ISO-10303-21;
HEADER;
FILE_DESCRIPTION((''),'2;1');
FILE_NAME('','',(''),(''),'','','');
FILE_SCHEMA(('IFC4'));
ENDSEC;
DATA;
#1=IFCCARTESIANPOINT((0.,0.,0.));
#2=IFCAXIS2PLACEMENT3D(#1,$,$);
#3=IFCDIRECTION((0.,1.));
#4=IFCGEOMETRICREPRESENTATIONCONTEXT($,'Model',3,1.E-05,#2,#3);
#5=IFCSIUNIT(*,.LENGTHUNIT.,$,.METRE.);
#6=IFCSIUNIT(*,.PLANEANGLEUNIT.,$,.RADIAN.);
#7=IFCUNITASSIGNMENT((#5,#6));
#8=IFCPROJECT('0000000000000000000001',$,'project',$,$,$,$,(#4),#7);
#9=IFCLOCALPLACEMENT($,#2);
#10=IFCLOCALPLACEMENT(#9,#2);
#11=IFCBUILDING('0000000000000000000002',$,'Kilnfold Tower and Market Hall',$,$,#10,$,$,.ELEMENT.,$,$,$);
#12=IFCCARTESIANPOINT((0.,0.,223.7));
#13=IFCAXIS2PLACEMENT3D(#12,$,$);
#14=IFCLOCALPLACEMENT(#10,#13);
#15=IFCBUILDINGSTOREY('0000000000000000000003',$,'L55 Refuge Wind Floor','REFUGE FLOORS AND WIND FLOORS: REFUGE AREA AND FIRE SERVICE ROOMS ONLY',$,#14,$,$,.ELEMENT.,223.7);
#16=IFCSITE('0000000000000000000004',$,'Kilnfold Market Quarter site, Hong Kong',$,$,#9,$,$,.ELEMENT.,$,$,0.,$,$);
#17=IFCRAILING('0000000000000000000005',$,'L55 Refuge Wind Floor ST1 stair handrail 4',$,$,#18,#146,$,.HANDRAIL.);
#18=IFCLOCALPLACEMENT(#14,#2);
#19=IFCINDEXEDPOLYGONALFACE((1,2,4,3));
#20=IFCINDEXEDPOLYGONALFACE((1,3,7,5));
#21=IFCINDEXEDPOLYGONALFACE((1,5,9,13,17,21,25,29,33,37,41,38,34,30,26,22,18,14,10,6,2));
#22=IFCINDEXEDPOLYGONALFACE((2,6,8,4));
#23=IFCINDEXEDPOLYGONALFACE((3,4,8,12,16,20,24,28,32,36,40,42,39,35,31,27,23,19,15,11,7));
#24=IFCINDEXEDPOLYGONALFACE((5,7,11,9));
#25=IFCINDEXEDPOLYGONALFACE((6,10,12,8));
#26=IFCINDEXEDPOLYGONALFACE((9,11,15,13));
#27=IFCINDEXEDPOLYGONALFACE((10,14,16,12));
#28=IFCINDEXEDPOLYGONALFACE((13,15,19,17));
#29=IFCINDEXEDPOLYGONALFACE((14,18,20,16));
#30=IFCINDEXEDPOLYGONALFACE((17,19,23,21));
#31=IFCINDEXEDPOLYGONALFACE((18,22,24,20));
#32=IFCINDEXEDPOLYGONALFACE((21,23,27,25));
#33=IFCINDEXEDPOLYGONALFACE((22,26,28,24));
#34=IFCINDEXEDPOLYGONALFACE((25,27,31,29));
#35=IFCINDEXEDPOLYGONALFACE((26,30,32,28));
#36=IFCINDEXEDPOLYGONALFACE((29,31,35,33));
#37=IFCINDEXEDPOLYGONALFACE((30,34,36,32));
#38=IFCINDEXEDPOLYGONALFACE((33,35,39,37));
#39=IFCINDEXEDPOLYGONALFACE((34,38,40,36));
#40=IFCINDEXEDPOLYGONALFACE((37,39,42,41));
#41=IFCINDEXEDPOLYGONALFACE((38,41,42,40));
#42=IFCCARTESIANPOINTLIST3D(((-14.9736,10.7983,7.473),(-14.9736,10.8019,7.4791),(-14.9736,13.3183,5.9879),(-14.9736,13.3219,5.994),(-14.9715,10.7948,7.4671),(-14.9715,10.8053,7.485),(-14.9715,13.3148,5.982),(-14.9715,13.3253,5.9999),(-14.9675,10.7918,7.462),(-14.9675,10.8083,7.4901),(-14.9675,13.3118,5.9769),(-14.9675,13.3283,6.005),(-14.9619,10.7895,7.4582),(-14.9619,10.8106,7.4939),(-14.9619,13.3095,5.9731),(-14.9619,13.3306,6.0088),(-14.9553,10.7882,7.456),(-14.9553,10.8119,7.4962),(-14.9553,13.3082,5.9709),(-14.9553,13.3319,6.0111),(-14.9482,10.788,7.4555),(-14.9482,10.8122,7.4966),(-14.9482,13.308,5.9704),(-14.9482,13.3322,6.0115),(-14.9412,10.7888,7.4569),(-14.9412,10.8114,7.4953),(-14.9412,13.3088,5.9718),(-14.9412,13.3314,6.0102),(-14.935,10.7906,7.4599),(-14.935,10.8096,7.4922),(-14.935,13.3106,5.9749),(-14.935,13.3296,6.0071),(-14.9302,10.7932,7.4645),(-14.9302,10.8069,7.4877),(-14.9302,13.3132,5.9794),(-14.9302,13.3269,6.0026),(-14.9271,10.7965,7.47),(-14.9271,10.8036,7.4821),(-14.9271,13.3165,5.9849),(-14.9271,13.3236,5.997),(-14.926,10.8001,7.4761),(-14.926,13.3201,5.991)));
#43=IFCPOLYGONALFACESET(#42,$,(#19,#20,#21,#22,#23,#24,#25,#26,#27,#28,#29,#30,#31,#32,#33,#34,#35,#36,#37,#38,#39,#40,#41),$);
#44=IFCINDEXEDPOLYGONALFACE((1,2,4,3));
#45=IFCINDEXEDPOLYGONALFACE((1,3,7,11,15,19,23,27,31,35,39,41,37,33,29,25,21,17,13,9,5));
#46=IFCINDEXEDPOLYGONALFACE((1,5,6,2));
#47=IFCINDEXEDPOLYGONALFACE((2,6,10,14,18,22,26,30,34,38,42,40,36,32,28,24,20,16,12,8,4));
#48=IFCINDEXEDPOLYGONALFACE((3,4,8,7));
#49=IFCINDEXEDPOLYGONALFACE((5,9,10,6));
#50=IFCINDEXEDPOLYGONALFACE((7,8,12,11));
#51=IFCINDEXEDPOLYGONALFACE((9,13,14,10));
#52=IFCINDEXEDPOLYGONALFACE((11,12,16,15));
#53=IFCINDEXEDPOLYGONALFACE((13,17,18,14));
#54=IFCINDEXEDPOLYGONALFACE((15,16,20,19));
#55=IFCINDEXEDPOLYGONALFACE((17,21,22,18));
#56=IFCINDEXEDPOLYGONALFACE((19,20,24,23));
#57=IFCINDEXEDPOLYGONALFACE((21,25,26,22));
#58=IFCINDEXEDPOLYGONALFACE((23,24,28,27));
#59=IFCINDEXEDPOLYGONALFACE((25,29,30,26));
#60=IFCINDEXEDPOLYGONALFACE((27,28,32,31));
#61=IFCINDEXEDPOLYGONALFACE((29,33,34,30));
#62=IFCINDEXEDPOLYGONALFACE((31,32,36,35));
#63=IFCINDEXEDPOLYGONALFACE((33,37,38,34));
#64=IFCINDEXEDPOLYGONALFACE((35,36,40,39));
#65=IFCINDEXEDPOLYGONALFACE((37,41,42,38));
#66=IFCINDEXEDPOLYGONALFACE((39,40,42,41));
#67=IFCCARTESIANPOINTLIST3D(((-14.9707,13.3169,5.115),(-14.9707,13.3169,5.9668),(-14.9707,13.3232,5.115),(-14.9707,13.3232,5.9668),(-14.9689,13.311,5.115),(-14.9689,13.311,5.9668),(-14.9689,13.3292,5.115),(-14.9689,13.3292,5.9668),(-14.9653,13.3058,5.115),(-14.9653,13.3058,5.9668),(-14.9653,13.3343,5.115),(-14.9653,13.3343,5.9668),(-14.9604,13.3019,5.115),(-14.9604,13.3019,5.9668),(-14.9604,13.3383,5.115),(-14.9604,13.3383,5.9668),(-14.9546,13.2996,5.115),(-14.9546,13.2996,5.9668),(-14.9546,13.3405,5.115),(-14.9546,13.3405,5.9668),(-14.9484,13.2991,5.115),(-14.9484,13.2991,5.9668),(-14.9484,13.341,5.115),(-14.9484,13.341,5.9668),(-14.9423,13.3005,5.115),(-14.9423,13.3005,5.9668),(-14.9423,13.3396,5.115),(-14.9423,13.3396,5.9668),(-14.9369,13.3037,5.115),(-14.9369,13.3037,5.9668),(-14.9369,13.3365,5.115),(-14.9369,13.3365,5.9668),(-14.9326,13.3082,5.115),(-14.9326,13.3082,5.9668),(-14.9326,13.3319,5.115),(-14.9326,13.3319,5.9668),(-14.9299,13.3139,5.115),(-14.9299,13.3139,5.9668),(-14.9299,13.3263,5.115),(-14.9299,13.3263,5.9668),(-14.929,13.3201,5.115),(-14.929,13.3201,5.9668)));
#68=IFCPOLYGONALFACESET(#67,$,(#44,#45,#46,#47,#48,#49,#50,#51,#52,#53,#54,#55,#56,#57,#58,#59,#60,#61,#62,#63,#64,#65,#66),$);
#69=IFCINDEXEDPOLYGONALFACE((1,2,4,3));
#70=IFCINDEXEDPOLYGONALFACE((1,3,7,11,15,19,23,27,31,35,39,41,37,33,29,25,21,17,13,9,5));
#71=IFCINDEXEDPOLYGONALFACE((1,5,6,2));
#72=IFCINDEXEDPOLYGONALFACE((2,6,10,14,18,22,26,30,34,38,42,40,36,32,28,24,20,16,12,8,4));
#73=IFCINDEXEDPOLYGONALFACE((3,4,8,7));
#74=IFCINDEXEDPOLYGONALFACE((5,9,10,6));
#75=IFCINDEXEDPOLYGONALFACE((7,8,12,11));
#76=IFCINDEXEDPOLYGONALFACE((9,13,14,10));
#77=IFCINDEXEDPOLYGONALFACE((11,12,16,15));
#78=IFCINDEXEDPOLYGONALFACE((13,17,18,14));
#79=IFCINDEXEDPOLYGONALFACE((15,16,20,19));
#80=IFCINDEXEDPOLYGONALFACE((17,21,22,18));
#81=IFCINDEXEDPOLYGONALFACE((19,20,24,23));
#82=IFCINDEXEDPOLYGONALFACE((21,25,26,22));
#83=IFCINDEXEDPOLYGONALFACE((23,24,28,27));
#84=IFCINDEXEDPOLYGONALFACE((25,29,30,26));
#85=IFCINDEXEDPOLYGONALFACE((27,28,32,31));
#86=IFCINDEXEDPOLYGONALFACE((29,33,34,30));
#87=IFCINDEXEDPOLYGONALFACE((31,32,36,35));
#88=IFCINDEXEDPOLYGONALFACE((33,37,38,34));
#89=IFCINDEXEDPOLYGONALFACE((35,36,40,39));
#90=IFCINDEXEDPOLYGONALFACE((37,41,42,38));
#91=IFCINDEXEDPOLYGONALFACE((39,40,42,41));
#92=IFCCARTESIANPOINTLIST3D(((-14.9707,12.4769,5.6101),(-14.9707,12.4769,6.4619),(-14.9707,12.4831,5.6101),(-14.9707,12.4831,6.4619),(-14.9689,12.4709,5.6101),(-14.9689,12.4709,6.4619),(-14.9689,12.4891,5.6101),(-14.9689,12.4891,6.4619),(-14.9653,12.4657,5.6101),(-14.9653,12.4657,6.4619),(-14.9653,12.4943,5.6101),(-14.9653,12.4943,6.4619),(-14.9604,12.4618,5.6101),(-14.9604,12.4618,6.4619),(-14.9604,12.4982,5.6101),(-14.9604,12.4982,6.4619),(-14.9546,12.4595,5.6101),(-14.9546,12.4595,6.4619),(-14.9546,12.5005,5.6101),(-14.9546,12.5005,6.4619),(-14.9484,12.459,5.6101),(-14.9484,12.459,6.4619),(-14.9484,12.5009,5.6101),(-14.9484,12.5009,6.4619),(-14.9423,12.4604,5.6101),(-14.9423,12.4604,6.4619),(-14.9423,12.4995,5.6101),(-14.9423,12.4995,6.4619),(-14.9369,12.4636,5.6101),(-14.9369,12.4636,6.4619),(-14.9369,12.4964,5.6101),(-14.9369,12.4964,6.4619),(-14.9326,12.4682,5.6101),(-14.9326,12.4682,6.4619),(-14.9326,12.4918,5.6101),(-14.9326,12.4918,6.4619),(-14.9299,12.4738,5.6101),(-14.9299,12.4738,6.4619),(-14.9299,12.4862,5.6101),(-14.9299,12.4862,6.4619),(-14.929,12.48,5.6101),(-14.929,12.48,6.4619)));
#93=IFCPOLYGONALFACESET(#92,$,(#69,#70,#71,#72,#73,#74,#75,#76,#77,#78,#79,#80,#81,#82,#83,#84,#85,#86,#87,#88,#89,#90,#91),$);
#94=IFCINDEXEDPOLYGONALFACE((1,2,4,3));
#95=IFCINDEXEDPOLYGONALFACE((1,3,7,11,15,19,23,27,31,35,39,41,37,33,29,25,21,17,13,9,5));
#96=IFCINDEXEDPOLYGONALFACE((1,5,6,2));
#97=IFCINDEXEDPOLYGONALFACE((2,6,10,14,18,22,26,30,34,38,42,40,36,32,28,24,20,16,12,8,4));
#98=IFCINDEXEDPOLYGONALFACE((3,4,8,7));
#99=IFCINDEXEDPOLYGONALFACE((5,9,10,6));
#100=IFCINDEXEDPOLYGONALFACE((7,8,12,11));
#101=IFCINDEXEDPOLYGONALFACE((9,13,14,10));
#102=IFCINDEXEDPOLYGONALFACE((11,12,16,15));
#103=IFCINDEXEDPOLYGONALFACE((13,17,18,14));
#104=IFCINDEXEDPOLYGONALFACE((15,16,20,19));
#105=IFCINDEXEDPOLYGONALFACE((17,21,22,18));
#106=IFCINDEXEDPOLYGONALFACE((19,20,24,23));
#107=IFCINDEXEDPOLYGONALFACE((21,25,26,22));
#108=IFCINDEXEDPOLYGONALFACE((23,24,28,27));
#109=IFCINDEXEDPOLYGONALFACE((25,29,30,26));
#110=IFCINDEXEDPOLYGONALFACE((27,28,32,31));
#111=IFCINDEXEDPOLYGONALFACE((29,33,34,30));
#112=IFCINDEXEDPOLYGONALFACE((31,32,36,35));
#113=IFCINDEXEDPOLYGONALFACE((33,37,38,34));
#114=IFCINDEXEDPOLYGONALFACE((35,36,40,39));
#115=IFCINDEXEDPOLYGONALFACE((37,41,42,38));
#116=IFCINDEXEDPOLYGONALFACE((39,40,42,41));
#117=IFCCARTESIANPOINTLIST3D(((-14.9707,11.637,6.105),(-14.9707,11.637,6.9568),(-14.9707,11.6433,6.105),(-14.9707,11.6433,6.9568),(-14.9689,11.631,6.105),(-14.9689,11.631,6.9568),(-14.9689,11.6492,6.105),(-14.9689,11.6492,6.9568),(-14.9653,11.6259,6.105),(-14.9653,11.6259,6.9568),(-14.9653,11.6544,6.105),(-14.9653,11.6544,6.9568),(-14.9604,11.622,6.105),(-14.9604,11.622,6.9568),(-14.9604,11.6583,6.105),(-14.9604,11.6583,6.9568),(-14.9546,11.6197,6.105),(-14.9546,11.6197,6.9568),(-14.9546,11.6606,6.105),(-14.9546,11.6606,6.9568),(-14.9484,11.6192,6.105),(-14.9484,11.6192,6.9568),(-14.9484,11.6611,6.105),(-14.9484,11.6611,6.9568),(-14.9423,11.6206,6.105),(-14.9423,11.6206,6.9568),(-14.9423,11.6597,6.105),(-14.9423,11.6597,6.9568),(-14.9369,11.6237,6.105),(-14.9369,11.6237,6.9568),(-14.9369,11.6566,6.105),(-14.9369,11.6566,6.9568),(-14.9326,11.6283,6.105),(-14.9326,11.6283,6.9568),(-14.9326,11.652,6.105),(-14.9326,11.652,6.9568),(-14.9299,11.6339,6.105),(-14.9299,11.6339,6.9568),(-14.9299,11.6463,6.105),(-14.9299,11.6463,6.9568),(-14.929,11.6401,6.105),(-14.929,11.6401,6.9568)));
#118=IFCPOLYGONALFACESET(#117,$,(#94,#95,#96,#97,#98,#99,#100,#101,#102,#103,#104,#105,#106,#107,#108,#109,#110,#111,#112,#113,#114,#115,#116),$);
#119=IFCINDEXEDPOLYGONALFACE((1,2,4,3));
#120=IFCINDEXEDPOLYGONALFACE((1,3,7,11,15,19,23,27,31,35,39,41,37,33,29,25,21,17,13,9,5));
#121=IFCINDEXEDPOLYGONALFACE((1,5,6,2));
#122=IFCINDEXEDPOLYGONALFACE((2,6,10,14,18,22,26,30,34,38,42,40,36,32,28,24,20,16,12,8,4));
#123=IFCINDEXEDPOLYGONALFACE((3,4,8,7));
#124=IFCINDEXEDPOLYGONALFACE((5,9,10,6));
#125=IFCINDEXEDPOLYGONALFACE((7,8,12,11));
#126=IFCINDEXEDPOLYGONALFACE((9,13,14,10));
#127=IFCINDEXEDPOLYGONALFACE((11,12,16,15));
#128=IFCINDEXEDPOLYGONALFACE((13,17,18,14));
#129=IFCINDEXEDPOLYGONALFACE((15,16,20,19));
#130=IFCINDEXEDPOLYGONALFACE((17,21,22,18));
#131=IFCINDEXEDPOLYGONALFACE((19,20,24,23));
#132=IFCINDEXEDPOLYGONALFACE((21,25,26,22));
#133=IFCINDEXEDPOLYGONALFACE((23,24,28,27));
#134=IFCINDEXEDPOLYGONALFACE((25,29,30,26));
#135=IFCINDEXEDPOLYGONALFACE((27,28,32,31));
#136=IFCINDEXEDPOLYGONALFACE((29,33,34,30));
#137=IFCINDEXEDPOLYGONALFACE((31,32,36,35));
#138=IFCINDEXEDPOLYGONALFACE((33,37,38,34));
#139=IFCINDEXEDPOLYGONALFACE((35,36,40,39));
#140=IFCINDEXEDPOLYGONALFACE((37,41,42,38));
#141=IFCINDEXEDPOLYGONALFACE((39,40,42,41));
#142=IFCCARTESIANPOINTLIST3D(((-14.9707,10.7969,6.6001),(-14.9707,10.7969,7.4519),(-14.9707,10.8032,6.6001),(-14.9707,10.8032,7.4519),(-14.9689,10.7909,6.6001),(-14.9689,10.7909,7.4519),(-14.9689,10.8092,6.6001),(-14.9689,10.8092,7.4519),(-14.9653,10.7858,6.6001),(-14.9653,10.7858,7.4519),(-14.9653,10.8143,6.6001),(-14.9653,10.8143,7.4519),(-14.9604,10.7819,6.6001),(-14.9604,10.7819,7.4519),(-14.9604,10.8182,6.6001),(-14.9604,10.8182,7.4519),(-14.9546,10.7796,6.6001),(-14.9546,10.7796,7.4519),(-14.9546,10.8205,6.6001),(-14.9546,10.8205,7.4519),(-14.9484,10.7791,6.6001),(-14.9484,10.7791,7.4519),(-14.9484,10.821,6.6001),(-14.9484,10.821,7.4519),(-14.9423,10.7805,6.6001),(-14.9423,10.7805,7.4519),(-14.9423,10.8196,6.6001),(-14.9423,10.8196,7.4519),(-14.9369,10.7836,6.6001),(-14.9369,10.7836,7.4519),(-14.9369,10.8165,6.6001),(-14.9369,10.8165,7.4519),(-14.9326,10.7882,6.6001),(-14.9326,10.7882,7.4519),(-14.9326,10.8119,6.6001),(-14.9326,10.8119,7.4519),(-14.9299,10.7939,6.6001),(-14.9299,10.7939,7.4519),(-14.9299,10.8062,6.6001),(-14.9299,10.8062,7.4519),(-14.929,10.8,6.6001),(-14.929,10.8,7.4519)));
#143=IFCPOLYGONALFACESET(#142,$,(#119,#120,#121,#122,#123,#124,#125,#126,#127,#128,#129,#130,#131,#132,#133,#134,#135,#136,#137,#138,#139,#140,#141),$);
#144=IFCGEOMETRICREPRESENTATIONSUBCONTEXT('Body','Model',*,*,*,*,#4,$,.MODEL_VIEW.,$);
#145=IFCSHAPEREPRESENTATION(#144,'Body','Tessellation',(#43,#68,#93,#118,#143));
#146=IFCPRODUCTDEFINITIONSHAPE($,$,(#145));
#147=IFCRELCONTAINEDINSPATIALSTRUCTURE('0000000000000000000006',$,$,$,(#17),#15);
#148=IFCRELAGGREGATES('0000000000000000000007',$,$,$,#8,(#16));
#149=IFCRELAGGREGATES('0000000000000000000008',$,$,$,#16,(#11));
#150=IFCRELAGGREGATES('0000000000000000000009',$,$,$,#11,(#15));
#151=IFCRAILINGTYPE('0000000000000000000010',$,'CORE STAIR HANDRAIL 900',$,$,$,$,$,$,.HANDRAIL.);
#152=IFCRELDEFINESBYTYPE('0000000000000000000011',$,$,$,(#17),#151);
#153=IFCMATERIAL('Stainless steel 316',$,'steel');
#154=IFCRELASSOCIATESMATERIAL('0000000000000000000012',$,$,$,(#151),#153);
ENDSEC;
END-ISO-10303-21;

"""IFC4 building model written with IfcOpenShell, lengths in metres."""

from ifc_helpers import new_model, si_unit, direction, frame, origin, origin_2d, place, context, subcontext, project, spatial, circle, extrude, material, type_object, element, save


model = new_model("IFC4")

# Units and contexts
model_context = context("Model", 3, precision=1e-05, world=origin(), true_north=direction((0.0, 1.0)))
body_context = subcontext(model_context, "Body", "Model", "MODEL_VIEW")
ifc_project = project(units=[si_unit("LENGTHUNIT", "METRE"), si_unit("PLANEANGLEUNIT", "RADIAN")], contexts=[model_context])

# Site, building, storey
site_placement = place(None, origin())
site = spatial("IfcSite", under=ifc_project, at=site_placement, Name="Kilnfold Market Quarter site, Hong Kong", CompositionType="ELEMENT", RefElevation=0.0)
building_placement = place(site_placement, origin())
building = spatial("IfcBuilding", under=site, at=building_placement, Name="Kilnfold Tower and Market Hall", CompositionType="ELEMENT")
storey_placement = place(building_placement, frame((0.0, 0.0, 223.7)))
storey = spatial("IfcBuildingStorey", under=building, at=storey_placement, Name="L55 Refuge Wind Floor", Description="REFUGE FLOORS AND WIND FLOORS: REFUGE AREA AND FIRE SERVICE ROOMS ONLY", CompositionType="ELEMENT", Elevation=223.7)

# Railing
ifc_material_1 = material(Name="Stainless steel 316", Category="steel")
railing_type_1 = type_object("IfcRailingType", Name="CORE STAIR HANDRAIL 900", PredefinedType="HANDRAIL", material=ifc_material_1)
railing_1_placement = place(storey_placement, frame((-14.95, 13.3201, 5.115)))
element("IfcRailing", 1, at=railing_1_placement, inside=storey, type_object=railing_type_1, Name="L55 Refuge Wind Floor ST1 stair handrail 4", PredefinedType="HANDRAIL", context=body_context, shape_type="SweptSolid", body=[
    extrude(circle(Radius=0.0239, at=origin_2d()), frame((0.0, 0.0, 0.876), z_axis=(0.0, -0.861524, 0.507717), x_axis=(1.0, 0.0, 0.0)), (0.0, 0.0, 1.0), 2.925),
    extrude(circle(Radius=0.021, at=origin_2d()), origin(), (0.0, 0.0, 1.0), 0.8518),
    extrude(circle(Radius=0.021, at=origin_2d()), frame((0.0, -0.8401, 0.4951)), (0.0, 0.0, 1.0), 0.8518),
    extrude(circle(Radius=0.021, at=origin_2d()), frame((0.0, -1.6799, 0.99)), (0.0, 0.0, 1.0), 0.8518),
    extrude(circle(Radius=0.021, at=origin_2d()), frame((0.0, -2.52, 1.4851)), (0.0, 0.0, 1.0), 0.8518),
])

save(model, "model.ifc")
